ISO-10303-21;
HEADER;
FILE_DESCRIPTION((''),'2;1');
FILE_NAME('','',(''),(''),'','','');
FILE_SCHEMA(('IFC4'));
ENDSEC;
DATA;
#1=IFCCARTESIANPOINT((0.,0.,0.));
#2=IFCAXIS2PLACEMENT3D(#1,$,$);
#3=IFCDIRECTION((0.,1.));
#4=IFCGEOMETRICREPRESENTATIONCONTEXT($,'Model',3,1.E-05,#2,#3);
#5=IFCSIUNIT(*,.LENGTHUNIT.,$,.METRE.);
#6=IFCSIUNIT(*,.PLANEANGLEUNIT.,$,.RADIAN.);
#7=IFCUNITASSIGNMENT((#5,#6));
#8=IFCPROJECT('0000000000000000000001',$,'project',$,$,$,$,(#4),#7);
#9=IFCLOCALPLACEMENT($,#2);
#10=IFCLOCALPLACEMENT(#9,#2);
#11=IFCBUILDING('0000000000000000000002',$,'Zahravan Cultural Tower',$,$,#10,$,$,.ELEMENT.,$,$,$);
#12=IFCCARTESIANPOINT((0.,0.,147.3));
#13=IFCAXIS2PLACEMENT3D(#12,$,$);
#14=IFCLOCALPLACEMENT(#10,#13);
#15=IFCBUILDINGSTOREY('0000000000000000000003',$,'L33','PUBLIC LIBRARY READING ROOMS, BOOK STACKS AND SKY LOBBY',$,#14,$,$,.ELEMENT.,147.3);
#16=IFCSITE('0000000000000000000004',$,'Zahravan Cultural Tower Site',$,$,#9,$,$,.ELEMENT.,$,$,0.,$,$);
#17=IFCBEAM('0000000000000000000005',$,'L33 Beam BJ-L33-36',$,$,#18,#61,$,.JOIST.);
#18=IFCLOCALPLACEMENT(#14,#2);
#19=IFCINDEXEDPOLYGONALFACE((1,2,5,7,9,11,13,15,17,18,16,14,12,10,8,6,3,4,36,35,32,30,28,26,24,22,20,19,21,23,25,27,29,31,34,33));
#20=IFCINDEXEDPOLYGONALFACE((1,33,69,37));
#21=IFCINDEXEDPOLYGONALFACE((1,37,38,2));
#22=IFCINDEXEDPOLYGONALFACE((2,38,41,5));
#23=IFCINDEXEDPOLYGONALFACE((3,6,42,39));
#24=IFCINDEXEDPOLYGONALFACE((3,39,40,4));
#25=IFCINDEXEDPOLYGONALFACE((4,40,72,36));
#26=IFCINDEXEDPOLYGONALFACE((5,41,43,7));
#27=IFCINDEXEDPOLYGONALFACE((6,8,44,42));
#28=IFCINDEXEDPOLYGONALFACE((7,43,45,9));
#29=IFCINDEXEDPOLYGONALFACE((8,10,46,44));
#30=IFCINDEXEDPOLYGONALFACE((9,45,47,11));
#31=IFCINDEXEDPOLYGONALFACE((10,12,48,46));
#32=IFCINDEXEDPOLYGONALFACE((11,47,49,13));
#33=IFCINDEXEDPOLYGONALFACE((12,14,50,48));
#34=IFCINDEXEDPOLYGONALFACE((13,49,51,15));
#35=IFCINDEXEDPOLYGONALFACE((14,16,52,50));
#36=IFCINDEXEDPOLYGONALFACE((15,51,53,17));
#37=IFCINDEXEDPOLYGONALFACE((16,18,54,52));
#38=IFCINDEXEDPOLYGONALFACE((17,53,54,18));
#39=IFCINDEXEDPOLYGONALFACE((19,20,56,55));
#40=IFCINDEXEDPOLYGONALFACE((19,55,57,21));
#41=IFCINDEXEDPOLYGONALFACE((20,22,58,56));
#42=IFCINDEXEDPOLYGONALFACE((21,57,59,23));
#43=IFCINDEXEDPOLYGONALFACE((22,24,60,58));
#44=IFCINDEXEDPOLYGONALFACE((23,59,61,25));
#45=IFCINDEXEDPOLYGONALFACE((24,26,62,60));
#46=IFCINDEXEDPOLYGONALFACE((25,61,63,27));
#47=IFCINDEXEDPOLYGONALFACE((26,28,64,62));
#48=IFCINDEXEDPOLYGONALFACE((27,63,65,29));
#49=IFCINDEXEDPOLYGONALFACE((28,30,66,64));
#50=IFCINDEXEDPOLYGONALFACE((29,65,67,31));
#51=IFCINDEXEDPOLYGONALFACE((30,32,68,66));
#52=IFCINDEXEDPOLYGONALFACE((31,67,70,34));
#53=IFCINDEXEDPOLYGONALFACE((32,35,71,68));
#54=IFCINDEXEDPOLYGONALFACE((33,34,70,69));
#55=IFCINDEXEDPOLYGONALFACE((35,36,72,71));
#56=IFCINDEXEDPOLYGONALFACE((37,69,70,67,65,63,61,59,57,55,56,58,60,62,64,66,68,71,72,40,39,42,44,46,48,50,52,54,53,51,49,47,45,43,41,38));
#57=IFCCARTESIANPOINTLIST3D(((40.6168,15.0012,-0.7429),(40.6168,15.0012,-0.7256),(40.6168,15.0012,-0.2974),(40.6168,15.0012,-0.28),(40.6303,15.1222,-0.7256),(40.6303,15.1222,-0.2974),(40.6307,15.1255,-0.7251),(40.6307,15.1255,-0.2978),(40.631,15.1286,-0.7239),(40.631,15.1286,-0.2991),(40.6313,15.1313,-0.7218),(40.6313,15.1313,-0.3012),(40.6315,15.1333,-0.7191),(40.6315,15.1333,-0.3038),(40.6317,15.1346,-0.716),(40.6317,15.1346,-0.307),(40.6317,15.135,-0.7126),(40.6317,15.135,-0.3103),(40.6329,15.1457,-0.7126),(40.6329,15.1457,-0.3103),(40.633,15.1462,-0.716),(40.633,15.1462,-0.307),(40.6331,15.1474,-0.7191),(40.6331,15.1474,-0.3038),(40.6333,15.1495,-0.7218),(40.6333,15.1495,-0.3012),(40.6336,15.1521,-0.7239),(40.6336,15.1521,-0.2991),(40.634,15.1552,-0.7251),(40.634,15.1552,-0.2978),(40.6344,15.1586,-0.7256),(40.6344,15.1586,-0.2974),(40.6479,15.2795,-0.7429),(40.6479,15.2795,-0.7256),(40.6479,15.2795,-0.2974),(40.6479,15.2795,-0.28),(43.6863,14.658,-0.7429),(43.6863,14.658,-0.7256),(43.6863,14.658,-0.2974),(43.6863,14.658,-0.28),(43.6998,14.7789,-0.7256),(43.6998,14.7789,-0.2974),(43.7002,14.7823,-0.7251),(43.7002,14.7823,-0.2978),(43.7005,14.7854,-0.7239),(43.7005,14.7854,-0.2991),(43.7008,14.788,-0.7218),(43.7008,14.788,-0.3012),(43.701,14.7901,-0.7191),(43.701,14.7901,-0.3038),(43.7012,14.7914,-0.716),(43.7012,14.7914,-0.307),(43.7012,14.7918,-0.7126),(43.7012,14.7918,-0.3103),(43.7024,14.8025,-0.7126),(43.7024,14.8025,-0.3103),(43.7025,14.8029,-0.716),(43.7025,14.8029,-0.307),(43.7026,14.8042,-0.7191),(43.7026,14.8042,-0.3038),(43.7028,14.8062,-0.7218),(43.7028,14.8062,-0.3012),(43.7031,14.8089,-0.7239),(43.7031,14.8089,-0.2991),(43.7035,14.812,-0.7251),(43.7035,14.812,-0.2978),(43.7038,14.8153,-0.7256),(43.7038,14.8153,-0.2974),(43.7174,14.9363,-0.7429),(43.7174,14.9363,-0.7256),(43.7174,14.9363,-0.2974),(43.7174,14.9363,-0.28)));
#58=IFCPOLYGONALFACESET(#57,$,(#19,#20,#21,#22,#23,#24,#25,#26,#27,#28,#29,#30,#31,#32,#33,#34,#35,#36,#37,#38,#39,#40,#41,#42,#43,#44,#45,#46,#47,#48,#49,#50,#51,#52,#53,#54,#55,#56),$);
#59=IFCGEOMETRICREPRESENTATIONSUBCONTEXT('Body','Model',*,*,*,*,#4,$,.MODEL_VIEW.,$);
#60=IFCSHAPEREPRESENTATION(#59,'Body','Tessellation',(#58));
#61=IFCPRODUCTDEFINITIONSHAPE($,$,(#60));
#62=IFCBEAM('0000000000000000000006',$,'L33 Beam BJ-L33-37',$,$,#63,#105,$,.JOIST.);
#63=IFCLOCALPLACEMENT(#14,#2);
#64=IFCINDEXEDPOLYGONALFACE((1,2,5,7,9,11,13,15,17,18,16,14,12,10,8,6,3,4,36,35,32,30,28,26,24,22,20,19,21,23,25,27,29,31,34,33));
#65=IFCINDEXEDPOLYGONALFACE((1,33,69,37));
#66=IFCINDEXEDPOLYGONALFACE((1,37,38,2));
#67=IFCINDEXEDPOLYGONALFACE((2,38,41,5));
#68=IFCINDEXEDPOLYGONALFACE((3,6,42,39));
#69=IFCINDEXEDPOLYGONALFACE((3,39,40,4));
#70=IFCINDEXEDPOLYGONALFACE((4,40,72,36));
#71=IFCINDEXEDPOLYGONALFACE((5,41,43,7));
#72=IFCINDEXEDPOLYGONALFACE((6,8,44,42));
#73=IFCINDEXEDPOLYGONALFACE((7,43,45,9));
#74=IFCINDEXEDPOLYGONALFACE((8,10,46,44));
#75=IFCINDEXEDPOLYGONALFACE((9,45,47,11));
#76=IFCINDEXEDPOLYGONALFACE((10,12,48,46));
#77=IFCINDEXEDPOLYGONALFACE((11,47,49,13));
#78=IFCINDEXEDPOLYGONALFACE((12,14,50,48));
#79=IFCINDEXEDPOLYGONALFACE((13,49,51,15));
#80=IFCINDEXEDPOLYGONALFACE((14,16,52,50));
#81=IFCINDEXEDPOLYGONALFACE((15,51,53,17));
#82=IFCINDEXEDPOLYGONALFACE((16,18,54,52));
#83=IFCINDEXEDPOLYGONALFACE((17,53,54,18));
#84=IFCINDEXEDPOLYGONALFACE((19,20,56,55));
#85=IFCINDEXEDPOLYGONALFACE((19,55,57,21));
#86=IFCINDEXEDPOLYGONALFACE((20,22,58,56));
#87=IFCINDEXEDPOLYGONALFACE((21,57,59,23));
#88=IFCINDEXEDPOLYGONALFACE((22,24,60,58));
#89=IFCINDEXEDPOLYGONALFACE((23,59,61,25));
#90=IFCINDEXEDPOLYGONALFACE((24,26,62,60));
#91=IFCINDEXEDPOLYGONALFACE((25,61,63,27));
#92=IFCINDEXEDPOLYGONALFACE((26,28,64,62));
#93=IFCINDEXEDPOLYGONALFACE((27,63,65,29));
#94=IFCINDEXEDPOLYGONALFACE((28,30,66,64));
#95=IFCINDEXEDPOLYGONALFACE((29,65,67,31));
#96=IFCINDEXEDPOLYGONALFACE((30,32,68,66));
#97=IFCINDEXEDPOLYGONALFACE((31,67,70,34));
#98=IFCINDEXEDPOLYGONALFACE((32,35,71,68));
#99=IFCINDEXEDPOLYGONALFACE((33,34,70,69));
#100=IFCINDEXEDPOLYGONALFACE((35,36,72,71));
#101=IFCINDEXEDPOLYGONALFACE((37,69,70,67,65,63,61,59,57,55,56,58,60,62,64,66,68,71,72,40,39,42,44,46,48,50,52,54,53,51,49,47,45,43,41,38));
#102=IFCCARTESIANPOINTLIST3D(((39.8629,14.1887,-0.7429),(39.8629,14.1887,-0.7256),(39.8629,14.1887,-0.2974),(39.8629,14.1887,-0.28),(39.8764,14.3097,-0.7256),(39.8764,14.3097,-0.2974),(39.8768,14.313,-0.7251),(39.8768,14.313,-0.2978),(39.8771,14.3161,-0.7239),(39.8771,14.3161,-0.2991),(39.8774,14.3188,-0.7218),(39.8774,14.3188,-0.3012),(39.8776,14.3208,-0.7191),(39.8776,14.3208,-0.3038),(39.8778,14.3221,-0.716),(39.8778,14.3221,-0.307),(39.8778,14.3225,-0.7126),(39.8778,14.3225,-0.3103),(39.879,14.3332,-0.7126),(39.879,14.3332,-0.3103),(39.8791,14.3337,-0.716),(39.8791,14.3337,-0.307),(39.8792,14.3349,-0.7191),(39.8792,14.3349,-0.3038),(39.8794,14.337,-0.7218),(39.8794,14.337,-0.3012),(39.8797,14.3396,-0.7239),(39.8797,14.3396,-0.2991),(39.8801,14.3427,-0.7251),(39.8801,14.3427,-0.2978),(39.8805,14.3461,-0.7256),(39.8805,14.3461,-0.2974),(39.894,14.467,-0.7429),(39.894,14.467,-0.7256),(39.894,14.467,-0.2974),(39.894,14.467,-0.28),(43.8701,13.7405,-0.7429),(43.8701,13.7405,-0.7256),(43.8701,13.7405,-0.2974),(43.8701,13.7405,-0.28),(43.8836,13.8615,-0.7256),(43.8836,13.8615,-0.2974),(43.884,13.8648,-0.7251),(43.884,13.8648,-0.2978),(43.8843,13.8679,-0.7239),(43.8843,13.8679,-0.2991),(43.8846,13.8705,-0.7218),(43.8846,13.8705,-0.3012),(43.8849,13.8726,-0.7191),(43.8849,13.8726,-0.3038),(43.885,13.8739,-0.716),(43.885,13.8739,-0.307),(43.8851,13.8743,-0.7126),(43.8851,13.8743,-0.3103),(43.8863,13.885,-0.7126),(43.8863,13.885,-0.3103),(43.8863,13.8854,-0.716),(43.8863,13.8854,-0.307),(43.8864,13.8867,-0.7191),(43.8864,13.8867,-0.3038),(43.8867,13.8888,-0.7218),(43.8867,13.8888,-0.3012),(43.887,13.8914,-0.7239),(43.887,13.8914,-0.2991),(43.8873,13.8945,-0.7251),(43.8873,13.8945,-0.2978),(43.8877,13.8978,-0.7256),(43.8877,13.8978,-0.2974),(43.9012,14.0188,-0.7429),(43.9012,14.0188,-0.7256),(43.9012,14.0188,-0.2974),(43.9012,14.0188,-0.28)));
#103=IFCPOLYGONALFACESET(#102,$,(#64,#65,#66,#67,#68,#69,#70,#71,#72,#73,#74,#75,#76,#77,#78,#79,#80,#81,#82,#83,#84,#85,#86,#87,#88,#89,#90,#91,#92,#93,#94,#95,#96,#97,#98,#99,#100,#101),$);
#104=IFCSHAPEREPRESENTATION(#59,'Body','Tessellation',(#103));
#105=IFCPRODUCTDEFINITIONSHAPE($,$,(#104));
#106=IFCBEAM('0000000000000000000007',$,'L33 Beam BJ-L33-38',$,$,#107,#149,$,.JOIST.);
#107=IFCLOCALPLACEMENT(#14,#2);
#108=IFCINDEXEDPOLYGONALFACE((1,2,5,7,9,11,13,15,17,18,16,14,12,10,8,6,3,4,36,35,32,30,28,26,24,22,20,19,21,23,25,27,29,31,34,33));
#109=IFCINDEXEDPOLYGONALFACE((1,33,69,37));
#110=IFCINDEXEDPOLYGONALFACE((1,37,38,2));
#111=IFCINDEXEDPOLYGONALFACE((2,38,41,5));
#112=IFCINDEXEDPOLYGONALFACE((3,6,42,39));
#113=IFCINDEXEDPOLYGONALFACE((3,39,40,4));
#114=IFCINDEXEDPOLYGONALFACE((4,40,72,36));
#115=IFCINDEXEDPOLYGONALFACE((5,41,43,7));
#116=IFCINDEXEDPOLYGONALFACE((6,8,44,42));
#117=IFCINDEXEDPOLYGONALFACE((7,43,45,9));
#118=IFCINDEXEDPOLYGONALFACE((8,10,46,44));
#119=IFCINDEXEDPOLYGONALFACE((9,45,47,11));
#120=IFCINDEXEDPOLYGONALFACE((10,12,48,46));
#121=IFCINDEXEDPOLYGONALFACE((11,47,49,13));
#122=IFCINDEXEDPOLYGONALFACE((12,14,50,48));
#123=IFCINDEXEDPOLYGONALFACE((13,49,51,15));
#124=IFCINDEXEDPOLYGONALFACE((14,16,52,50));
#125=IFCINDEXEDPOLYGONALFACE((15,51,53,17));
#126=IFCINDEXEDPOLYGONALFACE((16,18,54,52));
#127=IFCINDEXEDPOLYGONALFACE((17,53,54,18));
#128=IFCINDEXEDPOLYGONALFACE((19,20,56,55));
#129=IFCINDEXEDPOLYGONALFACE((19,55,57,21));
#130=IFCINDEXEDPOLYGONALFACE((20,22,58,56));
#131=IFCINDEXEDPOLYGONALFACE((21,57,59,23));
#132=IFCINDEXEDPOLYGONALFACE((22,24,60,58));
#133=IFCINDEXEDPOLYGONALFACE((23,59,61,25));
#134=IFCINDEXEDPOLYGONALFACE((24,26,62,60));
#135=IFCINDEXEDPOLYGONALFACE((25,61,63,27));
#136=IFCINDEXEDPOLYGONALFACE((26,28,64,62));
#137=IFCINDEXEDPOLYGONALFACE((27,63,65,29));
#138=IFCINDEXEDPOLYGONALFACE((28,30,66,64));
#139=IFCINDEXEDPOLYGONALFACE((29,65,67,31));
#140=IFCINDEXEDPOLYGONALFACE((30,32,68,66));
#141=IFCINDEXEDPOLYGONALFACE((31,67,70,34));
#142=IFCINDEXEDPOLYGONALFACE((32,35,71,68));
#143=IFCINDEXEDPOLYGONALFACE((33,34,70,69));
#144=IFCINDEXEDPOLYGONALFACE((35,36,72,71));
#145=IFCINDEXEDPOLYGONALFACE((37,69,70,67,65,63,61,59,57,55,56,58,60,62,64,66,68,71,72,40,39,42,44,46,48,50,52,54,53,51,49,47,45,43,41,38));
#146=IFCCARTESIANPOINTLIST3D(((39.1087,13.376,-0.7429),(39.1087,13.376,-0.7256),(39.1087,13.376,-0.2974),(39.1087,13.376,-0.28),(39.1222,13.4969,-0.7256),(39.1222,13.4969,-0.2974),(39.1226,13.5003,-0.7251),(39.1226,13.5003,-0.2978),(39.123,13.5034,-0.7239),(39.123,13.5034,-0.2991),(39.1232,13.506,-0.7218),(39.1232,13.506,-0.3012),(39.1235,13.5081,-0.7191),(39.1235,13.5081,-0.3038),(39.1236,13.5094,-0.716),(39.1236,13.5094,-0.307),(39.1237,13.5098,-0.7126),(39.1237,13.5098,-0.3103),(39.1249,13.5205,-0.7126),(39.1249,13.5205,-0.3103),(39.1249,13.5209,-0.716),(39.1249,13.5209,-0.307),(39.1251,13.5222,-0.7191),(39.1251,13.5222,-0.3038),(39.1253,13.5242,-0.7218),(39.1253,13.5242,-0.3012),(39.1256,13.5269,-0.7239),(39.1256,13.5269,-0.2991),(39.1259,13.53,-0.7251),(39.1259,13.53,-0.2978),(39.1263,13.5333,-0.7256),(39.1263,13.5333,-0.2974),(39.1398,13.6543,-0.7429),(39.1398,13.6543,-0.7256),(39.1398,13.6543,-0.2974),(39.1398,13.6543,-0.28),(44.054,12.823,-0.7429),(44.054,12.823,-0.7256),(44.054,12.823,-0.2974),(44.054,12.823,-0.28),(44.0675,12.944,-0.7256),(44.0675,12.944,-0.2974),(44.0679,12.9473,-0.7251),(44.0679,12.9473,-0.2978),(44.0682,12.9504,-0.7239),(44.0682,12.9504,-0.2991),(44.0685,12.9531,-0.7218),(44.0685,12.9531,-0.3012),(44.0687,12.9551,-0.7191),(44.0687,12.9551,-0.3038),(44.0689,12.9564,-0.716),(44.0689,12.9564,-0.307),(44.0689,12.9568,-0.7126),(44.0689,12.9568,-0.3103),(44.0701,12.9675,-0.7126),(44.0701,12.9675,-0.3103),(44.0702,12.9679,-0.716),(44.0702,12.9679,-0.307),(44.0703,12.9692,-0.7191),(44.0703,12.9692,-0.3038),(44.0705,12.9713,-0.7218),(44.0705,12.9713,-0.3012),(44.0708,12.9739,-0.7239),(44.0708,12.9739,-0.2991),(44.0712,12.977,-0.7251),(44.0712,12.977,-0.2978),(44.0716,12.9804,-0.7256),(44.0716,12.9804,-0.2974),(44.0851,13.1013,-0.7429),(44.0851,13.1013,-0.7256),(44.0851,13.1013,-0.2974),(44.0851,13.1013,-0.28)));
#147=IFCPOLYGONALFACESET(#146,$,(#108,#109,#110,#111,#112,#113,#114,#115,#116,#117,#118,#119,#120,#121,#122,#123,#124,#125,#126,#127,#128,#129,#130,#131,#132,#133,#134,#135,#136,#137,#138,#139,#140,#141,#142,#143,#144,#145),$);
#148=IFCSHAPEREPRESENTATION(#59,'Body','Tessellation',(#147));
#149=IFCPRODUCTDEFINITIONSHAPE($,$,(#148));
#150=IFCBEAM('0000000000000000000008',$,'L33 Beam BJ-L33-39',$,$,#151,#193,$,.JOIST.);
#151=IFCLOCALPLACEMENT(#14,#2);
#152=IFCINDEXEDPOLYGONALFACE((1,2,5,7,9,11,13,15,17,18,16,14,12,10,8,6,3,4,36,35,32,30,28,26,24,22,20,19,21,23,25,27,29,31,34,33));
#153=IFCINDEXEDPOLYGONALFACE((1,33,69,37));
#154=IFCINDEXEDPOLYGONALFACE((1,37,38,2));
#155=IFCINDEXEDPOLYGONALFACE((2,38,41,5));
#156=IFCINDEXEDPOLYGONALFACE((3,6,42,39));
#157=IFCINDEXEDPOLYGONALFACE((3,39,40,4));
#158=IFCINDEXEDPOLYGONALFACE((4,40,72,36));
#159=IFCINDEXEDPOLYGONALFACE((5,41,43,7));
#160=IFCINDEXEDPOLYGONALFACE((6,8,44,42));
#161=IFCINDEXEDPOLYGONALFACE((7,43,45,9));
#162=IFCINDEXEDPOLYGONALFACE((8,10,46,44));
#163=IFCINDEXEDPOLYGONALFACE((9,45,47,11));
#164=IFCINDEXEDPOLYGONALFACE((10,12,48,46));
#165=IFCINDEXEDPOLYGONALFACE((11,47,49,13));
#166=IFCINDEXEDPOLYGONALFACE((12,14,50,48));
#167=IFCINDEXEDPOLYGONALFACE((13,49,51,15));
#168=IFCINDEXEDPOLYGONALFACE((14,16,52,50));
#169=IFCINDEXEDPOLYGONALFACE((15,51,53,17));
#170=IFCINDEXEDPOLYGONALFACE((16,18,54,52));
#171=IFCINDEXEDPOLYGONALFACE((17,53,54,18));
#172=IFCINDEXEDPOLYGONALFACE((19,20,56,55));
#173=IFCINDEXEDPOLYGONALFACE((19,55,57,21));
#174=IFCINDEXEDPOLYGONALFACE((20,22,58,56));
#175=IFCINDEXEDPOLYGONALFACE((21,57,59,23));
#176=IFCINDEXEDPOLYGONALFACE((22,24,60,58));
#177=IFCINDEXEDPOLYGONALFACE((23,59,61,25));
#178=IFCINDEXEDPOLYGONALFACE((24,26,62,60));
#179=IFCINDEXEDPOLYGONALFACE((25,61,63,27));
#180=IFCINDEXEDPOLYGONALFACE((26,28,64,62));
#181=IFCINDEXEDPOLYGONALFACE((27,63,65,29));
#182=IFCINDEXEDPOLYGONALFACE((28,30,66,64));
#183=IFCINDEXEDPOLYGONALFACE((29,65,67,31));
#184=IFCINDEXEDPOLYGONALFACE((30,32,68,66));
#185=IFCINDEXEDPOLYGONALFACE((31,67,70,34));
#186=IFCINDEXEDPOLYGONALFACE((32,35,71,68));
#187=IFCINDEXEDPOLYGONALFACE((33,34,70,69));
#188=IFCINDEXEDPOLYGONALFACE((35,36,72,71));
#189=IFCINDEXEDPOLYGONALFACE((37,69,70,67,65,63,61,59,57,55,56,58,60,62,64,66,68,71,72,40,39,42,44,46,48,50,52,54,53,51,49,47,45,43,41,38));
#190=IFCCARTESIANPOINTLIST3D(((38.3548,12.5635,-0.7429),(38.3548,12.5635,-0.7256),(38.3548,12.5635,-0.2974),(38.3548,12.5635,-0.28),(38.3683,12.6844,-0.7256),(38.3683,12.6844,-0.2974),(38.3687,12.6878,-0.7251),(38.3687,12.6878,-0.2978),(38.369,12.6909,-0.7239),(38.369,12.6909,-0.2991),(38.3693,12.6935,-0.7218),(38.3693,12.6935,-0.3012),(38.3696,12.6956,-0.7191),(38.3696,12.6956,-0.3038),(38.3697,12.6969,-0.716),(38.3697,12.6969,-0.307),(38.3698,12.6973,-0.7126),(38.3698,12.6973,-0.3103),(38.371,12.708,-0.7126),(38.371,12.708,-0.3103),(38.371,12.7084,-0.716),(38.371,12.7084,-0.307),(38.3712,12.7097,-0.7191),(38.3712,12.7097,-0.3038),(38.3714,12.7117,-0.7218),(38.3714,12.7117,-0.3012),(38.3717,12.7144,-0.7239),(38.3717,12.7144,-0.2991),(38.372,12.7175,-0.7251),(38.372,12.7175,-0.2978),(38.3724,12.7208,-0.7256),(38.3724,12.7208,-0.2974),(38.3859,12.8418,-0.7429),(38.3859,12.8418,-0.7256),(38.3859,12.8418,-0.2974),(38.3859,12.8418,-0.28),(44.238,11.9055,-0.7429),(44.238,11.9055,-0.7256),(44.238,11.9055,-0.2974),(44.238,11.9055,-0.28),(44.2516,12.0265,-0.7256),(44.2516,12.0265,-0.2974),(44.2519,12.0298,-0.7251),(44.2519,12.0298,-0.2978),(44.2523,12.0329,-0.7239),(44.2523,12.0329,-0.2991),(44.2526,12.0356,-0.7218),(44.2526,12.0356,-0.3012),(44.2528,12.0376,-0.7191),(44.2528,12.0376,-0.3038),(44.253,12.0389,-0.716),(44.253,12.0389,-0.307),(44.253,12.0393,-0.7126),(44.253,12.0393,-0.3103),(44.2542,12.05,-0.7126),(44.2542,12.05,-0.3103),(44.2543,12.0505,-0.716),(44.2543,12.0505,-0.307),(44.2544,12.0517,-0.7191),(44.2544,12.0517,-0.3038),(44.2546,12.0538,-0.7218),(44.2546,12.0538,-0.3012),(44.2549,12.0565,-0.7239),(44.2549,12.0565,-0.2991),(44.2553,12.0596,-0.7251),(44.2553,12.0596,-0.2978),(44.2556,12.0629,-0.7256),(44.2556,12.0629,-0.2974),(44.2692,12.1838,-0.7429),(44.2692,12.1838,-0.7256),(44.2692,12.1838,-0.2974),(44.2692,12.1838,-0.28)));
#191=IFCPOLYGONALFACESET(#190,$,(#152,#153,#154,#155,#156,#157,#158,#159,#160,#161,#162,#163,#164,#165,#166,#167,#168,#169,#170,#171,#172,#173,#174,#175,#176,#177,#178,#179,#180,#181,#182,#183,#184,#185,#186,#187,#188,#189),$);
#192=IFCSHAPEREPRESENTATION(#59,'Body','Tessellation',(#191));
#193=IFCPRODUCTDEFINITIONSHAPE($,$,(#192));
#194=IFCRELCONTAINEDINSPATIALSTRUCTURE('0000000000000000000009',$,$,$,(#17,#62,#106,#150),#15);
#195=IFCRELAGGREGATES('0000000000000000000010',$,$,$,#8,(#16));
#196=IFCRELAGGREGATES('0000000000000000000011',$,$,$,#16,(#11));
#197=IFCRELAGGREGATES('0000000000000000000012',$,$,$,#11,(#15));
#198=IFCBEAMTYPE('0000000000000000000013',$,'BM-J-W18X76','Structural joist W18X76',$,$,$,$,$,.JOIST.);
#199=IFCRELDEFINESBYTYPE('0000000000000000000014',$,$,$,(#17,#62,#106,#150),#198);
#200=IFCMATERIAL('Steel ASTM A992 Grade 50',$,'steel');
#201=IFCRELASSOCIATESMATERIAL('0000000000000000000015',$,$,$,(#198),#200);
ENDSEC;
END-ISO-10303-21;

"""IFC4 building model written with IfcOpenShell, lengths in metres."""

from ifc_helpers import new_model, si_unit, direction, frame, origin, origin_2d, place, context, subcontext, project, spatial, i_section, extrude, source, transform, mapped, material, material_profile, profile_set, type_object, element, save


model = new_model("IFC4")

# Units and contexts
model_context = context("Model", 3, precision=1e-05, world=origin(), true_north=direction((0.0, 1.0)))
body_context = subcontext(model_context, "Body", "Model", "MODEL_VIEW")
ifc_project = project(units=[si_unit("LENGTHUNIT", "METRE"), si_unit("PLANEANGLEUNIT", "RADIAN")], contexts=[model_context])

# Site, building, storey
site_placement = place(None, origin())
site = spatial("IfcSite", under=ifc_project, at=site_placement, Name="Zahravan Cultural Tower Site", CompositionType="ELEMENT", RefElevation=0.0)
building_placement = place(site_placement, origin())
building = spatial("IfcBuilding", under=site, at=building_placement, Name="Zahravan Cultural Tower", CompositionType="ELEMENT")
storey_placement = place(building_placement, frame((0.0, 0.0, 147.3)))
storey = spatial("IfcBuildingStorey", under=building, at=storey_placement, Name="L33", Description="PUBLIC LIBRARY READING ROOMS, BOOK STACKS AND SKY LOBBY", CompositionType="ELEMENT", Elevation=147.3)

# Shared definitions
ifc_material_1 = material(Name="Steel ASTM A992 Grade 50", Category="steel")

# Beams
ifc_material_profile_1 = material_profile(ifc_material_1, i_section(OverallWidth=0.28, OverallDepth=0.4629, WebThickness=0.0107, FlangeThickness=0.0173, FilletRadius=0.0129, at=origin_2d()), Name="W18X76")
ifc_profile_set_1 = profile_set([ifc_material_profile_1], Name="Steel ASTM A992 Grade 50")
beam_type_1 = type_object("IfcBeamType", Name="BM-J-W18X76", Description="Structural joist W18X76", PredefinedType="JOIST", material=ifc_profile_set_1)
shared_shape_1 = source(origin(), body_context, "Body", "SweptSolid", [
    extrude(i_section(OverallWidth=0.28, OverallDepth=0.4629, WebThickness=0.0107, FlangeThickness=0.0173, FilletRadius=0.0129, at=origin_2d()), origin(), (0.0, 0.0, 1.0), 3.0886),
])
beam_1_placement = place(storey_placement, frame((40.6323, 15.1404, -0.5115), z_axis=(0.993805, -0.111134, 0.0), x_axis=(0.111134, 0.993805, 0.0)))
element("IfcBeam", 1, at=beam_1_placement, inside=storey, type_object=beam_type_1, Name="L33 Beam BJ-L33-36", PredefinedType="JOIST", context=body_context, shape_type="MappedRepresentation", body=[
    mapped(shared_shape_1, transform((0.0, 0.0, 0.0), x_axis=(1.0, 0.0, 0.0), y_axis=(0.0, 1.0, 0.0), z_axis=(0.0, 0.0, 1.0), scale=1.0)),
])
shared_shape_2 = source(origin(), body_context, "Body", "SweptSolid", [
    extrude(i_section(OverallWidth=0.28, OverallDepth=0.4629, WebThickness=0.0107, FlangeThickness=0.0173, FilletRadius=0.0129, at=origin_2d()), origin(), (0.0, 0.0, 1.0), 4.0322),
])
beam_2_placement = place(storey_placement, frame((39.8784, 14.3279, -0.5115), z_axis=(0.993802, -0.111162, 0.0), x_axis=(0.111162, 0.993802, 0.0)))
element("IfcBeam", 2, at=beam_2_placement, inside=storey, type_object=beam_type_1, Name="L33 Beam BJ-L33-37", PredefinedType="JOIST", context=body_context, shape_type="MappedRepresentation", body=[
    mapped(shared_shape_2, transform((0.0, 0.0, 0.0), x_axis=(1.0, 0.0, 0.0), y_axis=(0.0, 1.0, 0.0), z_axis=(0.0, 0.0, 1.0), scale=1.0)),
])
shared_shape_3 = source(origin(), body_context, "Body", "SweptSolid", [
    extrude(i_section(OverallWidth=0.28, OverallDepth=0.4629, WebThickness=0.0107, FlangeThickness=0.0173, FilletRadius=0.0129, at=origin_2d()), origin(), (0.0, 0.0, 1.0), 4.9761),
])
beam_3_placement = place(storey_placement, frame((39.1243, 13.5151, -0.5115), z_axis=(0.993806, -0.111126, 0.0), x_axis=(0.111126, 0.993806, 0.0)))
element("IfcBeam", 3, at=beam_3_placement, inside=storey, type_object=beam_type_1, Name="L33 Beam BJ-L33-38", PredefinedType="JOIST", context=body_context, shape_type="MappedRepresentation", body=[
    mapped(shared_shape_3, transform((0.0, 0.0, 0.0), x_axis=(1.0, 0.0, 0.0), y_axis=(0.0, 1.0, 0.0), z_axis=(0.0, 0.0, 1.0), scale=1.0)),
])
shared_shape_4 = source(origin(), body_context, "Body", "SweptSolid", [
    extrude(i_section(OverallWidth=0.28, OverallDepth=0.4629, WebThickness=0.0107, FlangeThickness=0.0173, FilletRadius=0.0129, at=origin_2d()), origin(), (0.0, 0.0, 1.0), 5.9199),
])
beam_4_placement = place(storey_placement, frame((38.3704, 12.7026, -0.5115), z_axis=(0.993805, -0.111142, 0.0), x_axis=(0.111142, 0.993805, 0.0)))
element("IfcBeam", 4, at=beam_4_placement, inside=storey, type_object=beam_type_1, Name="L33 Beam BJ-L33-39", PredefinedType="JOIST", context=body_context, shape_type="MappedRepresentation", body=[
    mapped(shared_shape_4, transform((0.0, 0.0, 0.0), x_axis=(1.0, 0.0, 0.0), y_axis=(0.0, 1.0, 0.0), z_axis=(0.0, 0.0, 1.0), scale=1.0)),
])

save(model, "model.ifc")
